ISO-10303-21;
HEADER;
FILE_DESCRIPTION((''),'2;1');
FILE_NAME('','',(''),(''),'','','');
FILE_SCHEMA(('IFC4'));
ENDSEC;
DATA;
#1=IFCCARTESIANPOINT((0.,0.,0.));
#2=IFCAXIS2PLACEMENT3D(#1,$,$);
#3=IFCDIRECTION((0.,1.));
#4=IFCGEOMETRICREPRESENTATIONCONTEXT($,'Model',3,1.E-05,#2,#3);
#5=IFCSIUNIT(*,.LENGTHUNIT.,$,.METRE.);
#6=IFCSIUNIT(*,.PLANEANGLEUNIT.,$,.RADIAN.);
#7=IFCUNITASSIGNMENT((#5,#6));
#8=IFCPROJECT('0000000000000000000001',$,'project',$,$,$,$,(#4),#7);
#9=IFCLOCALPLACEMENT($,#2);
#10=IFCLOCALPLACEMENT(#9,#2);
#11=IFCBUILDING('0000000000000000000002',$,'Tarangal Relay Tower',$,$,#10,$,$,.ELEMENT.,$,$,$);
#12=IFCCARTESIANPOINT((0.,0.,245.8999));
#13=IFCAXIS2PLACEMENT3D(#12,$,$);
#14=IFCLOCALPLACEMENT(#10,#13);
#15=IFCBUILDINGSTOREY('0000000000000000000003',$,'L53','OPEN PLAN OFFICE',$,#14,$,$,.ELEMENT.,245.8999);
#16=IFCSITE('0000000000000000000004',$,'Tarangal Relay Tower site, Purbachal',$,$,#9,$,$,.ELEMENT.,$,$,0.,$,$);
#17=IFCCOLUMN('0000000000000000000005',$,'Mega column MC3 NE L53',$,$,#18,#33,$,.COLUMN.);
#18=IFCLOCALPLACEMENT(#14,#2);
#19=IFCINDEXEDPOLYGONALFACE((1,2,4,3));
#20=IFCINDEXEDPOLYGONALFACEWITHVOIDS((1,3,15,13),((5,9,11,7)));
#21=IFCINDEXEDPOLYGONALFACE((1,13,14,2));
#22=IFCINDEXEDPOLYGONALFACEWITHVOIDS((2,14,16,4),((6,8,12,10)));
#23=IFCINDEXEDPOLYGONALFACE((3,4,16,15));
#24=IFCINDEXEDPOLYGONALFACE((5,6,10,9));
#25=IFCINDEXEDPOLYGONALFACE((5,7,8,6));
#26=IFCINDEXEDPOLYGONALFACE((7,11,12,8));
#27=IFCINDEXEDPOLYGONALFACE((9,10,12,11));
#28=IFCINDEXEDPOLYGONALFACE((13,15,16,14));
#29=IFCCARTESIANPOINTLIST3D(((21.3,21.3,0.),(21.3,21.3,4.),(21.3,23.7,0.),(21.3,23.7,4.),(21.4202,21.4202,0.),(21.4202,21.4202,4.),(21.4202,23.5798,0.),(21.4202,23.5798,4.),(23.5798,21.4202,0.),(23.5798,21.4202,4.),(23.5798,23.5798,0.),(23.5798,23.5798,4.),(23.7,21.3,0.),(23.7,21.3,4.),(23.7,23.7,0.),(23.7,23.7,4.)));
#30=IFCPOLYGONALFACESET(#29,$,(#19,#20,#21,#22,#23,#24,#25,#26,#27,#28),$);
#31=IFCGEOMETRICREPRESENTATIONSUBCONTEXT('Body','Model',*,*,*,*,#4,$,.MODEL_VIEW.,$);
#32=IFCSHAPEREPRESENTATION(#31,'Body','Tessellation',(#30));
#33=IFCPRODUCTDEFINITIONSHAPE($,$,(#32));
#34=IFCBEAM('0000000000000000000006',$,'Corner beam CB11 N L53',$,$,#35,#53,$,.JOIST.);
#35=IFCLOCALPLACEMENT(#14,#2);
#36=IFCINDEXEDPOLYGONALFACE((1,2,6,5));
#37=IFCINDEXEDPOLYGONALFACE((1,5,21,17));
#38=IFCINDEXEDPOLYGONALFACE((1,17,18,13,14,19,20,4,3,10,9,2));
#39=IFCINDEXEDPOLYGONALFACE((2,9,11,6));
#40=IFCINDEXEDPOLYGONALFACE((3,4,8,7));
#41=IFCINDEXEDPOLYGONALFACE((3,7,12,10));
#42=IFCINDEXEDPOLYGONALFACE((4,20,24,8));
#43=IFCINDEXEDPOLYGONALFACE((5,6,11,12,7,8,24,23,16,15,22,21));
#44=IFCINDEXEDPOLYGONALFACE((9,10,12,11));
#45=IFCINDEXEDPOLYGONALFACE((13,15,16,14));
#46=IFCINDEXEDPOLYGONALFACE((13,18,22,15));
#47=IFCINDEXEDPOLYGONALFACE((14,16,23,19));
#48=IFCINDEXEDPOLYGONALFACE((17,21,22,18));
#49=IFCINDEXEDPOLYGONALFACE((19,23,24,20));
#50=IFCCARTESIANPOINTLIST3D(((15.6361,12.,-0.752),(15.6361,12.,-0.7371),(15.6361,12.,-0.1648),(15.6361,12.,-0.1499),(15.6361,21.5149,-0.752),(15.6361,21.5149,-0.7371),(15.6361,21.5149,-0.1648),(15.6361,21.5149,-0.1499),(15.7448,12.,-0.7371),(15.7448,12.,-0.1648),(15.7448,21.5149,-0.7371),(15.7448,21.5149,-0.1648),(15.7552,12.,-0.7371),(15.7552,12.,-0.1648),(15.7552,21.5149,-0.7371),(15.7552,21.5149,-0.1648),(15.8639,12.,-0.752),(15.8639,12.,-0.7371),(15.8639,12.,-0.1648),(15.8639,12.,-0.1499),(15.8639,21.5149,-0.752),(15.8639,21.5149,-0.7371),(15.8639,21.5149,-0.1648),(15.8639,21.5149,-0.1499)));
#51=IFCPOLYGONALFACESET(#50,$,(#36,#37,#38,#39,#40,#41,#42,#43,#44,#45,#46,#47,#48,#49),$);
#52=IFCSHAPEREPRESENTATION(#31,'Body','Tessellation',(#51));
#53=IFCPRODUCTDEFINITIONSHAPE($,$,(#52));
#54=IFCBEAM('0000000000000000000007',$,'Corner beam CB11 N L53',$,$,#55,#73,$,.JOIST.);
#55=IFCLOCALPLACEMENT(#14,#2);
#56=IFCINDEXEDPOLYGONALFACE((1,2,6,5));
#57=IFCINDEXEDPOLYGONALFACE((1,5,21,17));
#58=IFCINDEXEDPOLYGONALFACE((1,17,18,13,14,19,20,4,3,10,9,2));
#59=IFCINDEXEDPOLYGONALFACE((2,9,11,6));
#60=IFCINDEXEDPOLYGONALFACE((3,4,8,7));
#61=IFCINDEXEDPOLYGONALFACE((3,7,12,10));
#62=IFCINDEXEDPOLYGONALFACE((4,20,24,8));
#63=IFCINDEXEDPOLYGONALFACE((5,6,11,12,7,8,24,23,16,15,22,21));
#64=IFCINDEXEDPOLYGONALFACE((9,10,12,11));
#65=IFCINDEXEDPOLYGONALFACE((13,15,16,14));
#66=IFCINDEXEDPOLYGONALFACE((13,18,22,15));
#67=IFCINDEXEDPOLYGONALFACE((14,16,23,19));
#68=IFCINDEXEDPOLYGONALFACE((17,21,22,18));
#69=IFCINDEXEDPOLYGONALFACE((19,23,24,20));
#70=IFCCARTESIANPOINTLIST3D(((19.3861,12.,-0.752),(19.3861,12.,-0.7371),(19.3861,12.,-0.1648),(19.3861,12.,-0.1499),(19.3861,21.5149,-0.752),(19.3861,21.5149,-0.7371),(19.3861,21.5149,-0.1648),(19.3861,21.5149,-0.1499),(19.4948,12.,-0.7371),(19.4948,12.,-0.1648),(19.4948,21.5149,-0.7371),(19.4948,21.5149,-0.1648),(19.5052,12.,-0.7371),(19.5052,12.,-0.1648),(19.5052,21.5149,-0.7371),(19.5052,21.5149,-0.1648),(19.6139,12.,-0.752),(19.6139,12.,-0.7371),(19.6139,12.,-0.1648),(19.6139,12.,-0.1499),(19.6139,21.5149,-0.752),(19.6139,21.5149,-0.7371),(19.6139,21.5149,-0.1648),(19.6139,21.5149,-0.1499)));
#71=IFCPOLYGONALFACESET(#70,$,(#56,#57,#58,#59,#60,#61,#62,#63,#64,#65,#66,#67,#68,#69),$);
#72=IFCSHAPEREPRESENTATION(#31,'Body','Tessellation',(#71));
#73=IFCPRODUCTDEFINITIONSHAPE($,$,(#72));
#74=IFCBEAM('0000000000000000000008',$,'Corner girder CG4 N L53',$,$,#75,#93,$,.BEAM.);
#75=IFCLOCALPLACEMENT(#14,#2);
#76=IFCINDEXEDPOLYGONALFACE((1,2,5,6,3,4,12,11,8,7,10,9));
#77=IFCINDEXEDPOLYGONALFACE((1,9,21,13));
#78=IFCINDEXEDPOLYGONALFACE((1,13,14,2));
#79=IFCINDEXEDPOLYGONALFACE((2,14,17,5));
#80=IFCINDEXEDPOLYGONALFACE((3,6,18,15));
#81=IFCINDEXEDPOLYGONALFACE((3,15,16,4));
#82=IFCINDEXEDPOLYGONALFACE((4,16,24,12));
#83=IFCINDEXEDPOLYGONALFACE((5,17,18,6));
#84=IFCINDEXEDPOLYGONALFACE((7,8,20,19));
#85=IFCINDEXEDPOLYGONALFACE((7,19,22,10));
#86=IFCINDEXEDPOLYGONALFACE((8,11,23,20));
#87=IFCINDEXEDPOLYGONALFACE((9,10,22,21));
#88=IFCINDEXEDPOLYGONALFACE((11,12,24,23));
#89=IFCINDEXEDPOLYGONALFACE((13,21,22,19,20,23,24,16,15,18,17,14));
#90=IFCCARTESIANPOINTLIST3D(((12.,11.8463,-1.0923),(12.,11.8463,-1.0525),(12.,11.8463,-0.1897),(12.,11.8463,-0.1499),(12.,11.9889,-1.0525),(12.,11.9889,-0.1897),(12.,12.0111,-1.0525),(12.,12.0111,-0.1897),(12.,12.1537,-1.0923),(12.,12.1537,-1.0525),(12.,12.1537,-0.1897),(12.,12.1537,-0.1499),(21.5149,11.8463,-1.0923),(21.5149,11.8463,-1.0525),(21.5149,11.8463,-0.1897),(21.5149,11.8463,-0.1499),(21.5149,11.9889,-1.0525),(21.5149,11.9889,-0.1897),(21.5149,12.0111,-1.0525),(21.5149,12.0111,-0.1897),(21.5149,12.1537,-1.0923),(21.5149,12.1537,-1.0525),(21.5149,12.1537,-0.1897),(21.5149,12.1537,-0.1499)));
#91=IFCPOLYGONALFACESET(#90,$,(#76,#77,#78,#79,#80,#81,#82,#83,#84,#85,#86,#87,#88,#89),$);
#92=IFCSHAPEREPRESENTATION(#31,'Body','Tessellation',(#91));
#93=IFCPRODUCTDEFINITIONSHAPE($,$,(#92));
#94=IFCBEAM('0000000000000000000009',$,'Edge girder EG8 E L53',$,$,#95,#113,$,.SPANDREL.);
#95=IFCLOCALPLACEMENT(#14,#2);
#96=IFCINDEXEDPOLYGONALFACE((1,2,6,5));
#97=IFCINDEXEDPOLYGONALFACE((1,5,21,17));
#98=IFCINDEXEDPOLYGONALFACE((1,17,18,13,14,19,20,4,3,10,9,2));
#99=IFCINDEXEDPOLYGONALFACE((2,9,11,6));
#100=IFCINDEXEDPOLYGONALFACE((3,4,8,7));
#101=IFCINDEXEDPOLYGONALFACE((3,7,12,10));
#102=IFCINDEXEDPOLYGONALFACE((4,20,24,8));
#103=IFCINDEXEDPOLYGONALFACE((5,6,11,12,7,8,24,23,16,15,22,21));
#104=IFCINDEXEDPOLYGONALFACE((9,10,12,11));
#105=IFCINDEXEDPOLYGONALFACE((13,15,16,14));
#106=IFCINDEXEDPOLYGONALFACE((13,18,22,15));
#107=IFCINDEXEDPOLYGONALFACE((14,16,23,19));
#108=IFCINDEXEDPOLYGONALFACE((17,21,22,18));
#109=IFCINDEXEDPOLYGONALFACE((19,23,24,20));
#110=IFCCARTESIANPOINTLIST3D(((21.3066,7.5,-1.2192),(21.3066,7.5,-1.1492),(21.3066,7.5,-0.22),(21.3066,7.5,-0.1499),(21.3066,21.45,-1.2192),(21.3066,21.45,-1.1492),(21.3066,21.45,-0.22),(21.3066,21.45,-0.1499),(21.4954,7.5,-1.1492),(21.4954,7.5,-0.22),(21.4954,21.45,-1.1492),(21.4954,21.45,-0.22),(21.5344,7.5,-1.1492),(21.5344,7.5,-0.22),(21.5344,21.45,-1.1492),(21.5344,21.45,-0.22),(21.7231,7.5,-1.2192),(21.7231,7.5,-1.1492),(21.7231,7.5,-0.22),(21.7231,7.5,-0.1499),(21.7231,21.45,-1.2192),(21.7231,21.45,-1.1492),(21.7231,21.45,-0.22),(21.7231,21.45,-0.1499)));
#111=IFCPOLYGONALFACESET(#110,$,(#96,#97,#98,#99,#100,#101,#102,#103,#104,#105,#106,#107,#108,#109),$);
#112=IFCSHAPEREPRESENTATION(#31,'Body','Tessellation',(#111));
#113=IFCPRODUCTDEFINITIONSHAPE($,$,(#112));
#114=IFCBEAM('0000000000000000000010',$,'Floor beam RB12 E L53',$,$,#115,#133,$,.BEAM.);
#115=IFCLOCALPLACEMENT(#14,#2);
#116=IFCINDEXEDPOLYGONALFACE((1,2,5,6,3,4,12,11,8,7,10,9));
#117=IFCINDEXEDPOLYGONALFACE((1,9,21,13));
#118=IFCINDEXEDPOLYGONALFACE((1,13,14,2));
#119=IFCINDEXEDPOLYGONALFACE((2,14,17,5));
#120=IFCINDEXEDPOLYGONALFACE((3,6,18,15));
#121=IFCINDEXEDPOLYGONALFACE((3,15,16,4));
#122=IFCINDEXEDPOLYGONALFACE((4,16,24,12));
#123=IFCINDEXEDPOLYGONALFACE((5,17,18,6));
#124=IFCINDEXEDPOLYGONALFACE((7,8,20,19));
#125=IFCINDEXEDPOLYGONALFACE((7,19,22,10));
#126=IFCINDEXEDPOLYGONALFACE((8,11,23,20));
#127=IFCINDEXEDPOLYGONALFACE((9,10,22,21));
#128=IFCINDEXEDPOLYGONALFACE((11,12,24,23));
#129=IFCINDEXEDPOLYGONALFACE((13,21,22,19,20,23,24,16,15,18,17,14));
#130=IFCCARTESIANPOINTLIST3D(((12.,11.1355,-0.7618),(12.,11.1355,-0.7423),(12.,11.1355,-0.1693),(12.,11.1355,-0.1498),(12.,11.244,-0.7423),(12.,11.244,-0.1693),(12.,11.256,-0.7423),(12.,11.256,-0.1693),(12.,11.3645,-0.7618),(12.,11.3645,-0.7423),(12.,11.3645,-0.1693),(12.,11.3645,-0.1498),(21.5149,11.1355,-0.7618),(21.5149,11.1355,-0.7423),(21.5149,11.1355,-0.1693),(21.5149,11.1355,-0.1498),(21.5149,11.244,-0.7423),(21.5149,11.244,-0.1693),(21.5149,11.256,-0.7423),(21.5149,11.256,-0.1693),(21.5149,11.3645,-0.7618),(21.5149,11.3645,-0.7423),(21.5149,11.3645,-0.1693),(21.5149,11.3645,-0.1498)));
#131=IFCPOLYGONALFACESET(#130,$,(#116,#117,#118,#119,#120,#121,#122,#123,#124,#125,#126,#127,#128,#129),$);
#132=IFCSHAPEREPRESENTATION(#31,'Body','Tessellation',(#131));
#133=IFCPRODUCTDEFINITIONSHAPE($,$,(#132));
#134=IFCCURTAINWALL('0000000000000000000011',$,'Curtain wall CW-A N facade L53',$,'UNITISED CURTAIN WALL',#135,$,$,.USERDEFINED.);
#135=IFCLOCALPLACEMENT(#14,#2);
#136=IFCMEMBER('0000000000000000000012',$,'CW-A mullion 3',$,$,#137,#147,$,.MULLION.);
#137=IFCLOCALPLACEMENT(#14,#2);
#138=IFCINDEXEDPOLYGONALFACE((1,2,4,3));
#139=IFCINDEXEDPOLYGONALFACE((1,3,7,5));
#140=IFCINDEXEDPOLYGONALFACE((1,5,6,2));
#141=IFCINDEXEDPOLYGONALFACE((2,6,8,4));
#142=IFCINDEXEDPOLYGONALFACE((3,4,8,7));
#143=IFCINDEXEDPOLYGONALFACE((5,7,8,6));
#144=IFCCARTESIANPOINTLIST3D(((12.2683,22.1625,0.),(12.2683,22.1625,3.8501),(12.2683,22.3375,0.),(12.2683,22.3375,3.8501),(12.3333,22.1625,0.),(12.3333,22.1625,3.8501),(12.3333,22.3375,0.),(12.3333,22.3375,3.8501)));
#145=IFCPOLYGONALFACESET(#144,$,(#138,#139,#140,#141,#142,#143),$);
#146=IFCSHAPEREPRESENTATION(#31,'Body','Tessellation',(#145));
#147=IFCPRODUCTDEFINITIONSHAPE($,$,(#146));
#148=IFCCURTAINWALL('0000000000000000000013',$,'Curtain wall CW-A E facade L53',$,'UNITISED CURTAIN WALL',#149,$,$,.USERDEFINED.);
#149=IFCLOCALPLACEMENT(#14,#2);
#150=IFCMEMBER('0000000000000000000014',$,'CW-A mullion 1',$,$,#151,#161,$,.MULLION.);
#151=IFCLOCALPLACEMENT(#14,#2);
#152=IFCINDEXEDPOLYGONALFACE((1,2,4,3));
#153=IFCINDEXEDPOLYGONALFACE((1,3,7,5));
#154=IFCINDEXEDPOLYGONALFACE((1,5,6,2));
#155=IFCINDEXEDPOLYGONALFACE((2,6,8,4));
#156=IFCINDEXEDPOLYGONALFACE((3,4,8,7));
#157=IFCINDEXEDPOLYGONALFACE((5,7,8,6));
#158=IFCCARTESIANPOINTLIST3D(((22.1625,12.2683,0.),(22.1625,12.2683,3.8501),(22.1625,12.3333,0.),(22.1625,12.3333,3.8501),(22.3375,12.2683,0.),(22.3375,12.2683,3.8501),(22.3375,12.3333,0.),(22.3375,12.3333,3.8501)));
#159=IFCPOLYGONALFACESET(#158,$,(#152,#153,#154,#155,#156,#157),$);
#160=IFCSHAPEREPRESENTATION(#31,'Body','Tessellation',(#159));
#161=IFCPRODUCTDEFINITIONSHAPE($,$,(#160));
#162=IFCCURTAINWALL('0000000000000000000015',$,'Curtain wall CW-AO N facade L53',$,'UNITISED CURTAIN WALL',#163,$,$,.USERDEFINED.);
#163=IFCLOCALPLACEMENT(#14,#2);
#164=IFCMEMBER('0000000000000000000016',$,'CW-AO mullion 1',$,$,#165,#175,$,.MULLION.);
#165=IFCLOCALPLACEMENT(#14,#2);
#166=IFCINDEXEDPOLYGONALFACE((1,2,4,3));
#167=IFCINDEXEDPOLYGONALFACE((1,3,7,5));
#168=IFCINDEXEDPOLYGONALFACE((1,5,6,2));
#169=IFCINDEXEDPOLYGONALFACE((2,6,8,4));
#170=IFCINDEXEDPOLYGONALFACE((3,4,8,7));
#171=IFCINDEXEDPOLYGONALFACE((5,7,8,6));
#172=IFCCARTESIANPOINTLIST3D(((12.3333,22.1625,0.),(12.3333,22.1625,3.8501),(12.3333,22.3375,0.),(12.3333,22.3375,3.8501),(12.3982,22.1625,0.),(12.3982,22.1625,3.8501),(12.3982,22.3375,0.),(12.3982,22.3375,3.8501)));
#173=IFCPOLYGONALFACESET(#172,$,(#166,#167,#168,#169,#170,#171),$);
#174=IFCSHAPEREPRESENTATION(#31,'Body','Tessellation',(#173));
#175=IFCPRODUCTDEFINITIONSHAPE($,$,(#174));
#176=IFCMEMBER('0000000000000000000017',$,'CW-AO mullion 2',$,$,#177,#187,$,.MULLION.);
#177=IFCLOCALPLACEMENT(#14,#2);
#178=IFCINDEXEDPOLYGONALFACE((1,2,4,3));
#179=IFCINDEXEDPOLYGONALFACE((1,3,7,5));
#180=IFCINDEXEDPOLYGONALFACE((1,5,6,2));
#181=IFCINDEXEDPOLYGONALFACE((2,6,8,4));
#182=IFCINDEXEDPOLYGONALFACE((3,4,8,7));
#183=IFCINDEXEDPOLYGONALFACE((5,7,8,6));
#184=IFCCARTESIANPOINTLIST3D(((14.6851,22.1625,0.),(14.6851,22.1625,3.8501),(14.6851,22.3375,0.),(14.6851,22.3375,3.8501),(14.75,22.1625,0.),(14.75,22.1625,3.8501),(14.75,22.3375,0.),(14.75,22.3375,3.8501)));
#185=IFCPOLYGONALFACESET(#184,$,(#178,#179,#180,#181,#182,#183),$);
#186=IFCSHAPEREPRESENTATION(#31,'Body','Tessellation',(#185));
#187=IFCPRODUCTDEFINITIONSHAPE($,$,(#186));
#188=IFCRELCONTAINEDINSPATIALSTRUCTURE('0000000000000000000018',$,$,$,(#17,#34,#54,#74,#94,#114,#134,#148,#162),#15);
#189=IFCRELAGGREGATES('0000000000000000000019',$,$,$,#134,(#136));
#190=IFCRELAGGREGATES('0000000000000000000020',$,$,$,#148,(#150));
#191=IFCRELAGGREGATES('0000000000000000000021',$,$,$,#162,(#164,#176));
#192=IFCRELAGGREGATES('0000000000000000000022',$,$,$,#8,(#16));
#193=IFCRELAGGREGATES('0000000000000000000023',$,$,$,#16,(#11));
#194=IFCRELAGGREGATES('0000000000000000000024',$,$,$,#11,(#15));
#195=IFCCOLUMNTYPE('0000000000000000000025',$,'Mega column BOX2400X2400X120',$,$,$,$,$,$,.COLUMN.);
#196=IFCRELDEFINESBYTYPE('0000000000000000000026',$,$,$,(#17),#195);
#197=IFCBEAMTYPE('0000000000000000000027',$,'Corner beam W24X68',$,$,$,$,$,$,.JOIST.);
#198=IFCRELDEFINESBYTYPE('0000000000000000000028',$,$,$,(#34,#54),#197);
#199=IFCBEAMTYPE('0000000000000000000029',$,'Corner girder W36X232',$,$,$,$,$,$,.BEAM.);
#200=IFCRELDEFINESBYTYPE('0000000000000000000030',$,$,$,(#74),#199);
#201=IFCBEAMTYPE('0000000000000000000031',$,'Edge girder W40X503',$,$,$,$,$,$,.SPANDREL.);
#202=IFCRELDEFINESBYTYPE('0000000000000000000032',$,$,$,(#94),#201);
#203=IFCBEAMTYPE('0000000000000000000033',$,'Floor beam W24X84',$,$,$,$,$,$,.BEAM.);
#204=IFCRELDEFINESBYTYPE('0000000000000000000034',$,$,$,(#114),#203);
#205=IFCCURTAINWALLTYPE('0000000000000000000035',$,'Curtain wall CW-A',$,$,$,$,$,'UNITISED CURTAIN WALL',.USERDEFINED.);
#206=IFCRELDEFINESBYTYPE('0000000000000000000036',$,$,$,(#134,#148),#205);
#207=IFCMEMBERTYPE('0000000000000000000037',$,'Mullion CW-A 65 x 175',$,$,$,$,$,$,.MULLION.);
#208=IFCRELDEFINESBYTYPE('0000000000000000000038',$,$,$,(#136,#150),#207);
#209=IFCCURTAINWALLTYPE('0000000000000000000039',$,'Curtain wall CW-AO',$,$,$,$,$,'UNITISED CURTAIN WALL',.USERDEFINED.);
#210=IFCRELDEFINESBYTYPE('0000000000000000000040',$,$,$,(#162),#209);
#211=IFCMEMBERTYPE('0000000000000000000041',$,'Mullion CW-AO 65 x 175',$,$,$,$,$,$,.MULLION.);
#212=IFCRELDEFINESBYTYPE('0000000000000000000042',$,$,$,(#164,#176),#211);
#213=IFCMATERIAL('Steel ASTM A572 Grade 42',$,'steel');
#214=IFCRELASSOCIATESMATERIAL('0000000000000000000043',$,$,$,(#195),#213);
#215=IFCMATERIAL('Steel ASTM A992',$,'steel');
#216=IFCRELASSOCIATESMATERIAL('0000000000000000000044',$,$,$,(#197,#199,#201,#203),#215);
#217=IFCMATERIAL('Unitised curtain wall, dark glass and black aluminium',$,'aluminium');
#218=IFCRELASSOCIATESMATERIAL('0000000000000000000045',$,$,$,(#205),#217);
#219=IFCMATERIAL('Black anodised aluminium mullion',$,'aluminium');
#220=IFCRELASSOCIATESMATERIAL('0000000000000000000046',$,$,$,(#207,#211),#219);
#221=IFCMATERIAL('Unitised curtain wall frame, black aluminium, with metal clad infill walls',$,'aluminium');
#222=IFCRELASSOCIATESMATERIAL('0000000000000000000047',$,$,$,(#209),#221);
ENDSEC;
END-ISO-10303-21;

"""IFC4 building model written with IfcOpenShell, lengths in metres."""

from ifc_helpers import new_model, si_unit, direction, frame, origin, origin_2d, place, context, subcontext, project, spatial, rectangle, hollow_rectangle, i_section, extrude, material, material_profile, profile_set, type_object, element, aggregate, save


model = new_model("IFC4")

# Units and contexts
model_context = context("Model", 3, precision=1e-05, world=origin(), true_north=direction((0.0, 1.0)))
body_context = subcontext(model_context, "Body", "Model", "MODEL_VIEW")
ifc_project = project(units=[si_unit("LENGTHUNIT", "METRE"), si_unit("PLANEANGLEUNIT", "RADIAN")], contexts=[model_context])

# Site, building, storey
site_placement = place(None, origin())
site = spatial("IfcSite", under=ifc_project, at=site_placement, Name="Tarangal Relay Tower site, Purbachal", CompositionType="ELEMENT", RefElevation=0.0)
building_placement = place(site_placement, origin())
building = spatial("IfcBuilding", under=site, at=building_placement, Name="Tarangal Relay Tower", CompositionType="ELEMENT")
storey_placement = place(building_placement, frame((0.0, 0.0, 245.8999)))
storey = spatial("IfcBuildingStorey", under=building, at=storey_placement, Name="L53", Description="OPEN PLAN OFFICE", CompositionType="ELEMENT", Elevation=245.8999)

# Column
ifc_material_1 = material(Name="Steel ASTM A572 Grade 42", Category="steel")
ifc_material_profile_1 = material_profile(ifc_material_1, hollow_rectangle(XDim=2.3999, YDim=2.3999, WallThickness=0.1201, at=origin_2d()), Name="BOX2400X2400X120")
ifc_profile_set_1 = profile_set([ifc_material_profile_1], Name="Steel ASTM A572 Grade 42")
column_type = type_object("IfcColumnType", Name="Mega column BOX2400X2400X120", PredefinedType="COLUMN", material=ifc_profile_set_1)
column_placement = place(storey_placement, frame((22.5, 22.5, 0.0), z_axis=(0.0, 0.0, 1.0), x_axis=(1.0, 0.0, 0.0)))
element("IfcColumn", 1, at=column_placement, inside=storey, type_object=column_type, Name="Mega column MC3 NE L53", PredefinedType="COLUMN", context=body_context, shape_type="SweptSolid", body=[
    extrude(hollow_rectangle(XDim=2.3999, YDim=2.3999, WallThickness=0.1201, at=origin_2d()), origin(), (0.0, 0.0, 1.0), 4.0),
])

# Beams
ifc_material_2 = material(Name="Steel ASTM A992", Category="steel")
ifc_material_profile_2 = material_profile(ifc_material_2, i_section(OverallWidth=0.2278, OverallDepth=0.6021, WebThickness=0.0105, FlangeThickness=0.0149, at=origin_2d()), Name="W24X68")
ifc_profile_set_2 = profile_set([ifc_material_profile_2], Name="Steel ASTM A992")
beam_type_1 = type_object("IfcBeamType", Name="Corner beam W24X68", PredefinedType="JOIST", material=ifc_profile_set_2)
for number, where, z_axis, x_axis, name in (
    (2, (15.75, 12.0, -0.4509), (0.0, 1.0, 0.0), (-1.0, 0.0, 0.0), "Corner beam CB11 N L53"),
    (3, (19.5, 12.0, -0.4509), (0.0, 1.0, 0.0), (-1.0, 0.0, 0.0), "Corner beam CB11 N L53"),
):
    element("IfcBeam", number, at=place(storey_placement, frame(where, z_axis=z_axis, x_axis=x_axis)), inside=storey, type_object=beam_type_1, Name=name, PredefinedType="JOIST", context=body_context, shape_type="SweptSolid", body=[
        extrude(i_section(OverallWidth=0.2278, OverallDepth=0.6021, WebThickness=0.0105, FlangeThickness=0.0149, at=origin_2d()), origin(), (0.0, 0.0, 1.0), 9.5149),
    ])
ifc_material_profile_3 = material_profile(ifc_material_2, i_section(OverallWidth=0.3074, OverallDepth=0.9424, WebThickness=0.0222, FlangeThickness=0.0398, at=origin_2d()), Name="W36X232")
ifc_profile_set_3 = profile_set([ifc_material_profile_3], Name="Steel ASTM A992")
beam_type_2 = type_object("IfcBeamType", Name="Corner girder W36X232", PredefinedType="BEAM", material=ifc_profile_set_3)
beam_1_placement = place(storey_placement, frame((12.0, 12.0, -0.6211), z_axis=(1.0, 0.0, 0.0), x_axis=(0.0, 1.0, 0.0)))
element("IfcBeam", 4, at=beam_1_placement, inside=storey, type_object=beam_type_2, Name="Corner girder CG4 N L53", PredefinedType="BEAM", context=body_context, shape_type="SweptSolid", body=[
    extrude(i_section(OverallWidth=0.3074, OverallDepth=0.9424, WebThickness=0.0222, FlangeThickness=0.0398, at=origin_2d()), origin(), (0.0, 0.0, 1.0), 9.5149),
])
ifc_material_profile_4 = material_profile(ifc_material_2, i_section(OverallWidth=0.4165, OverallDepth=1.0693, WebThickness=0.0391, FlangeThickness=0.0701, at=origin_2d()), Name="W40X503")
ifc_profile_set_4 = profile_set([ifc_material_profile_4], Name="Steel ASTM A992")
beam_type_3 = type_object("IfcBeamType", Name="Edge girder W40X503", PredefinedType="SPANDREL", material=ifc_profile_set_4)
beam_2_placement = place(storey_placement, frame((21.5149, 21.45, -0.6846), z_axis=(0.0, -1.0, 0.0), x_axis=(1.0, 0.0, 0.0)))
element("IfcBeam", 5, at=beam_2_placement, inside=storey, type_object=beam_type_3, Name="Edge girder EG8 E L53", PredefinedType="SPANDREL", context=body_context, shape_type="SweptSolid", body=[
    extrude(i_section(OverallWidth=0.4165, OverallDepth=1.0693, WebThickness=0.0391, FlangeThickness=0.0701, at=origin_2d()), origin(), (0.0, 0.0, 1.0), 13.95),
])
ifc_material_profile_5 = material_profile(ifc_material_2, i_section(OverallWidth=0.229, OverallDepth=0.6121, WebThickness=0.012, FlangeThickness=0.0195, at=origin_2d()), Name="W24X84")
ifc_profile_set_5 = profile_set([ifc_material_profile_5], Name="Steel ASTM A992")
beam_type_4 = type_object("IfcBeamType", Name="Floor beam W24X84", PredefinedType="BEAM", material=ifc_profile_set_5)
beam_3_placement = place(storey_placement, frame((12.0, 11.25, -0.4558), z_axis=(1.0, 0.0, 0.0), x_axis=(0.0, 1.0, 0.0)))
element("IfcBeam", 6, at=beam_3_placement, inside=storey, type_object=beam_type_4, Name="Floor beam RB12 E L53", PredefinedType="BEAM", context=body_context, shape_type="SweptSolid", body=[
    extrude(i_section(OverallWidth=0.229, OverallDepth=0.6121, WebThickness=0.012, FlangeThickness=0.0195, at=origin_2d()), origin(), (0.0, 0.0, 1.0), 9.5149),
])

# Curtain walls, members
ifc_material_3 = material(Name="Unitised curtain wall, dark glass and black aluminium", Category="aluminium")
curtain_wall_type_1 = type_object("IfcCurtainWallType", Name="Curtain wall CW-A", ElementType="UNITISED CURTAIN WALL", PredefinedType="USERDEFINED", material=ifc_material_3)
curtain_wall_1_placement = place(storey_placement, origin())
curtain_wall_1 = element("IfcCurtainWall", 7, at=curtain_wall_1_placement, inside=storey, type_object=curtain_wall_type_1, Name="Curtain wall CW-A N facade L53", ObjectType="UNITISED CURTAIN WALL", PredefinedType="USERDEFINED")
ifc_material_4 = material(Name="Black anodised aluminium mullion", Category="aluminium")
ifc_material_profile_6 = material_profile(ifc_material_4, rectangle(XDim=0.175, YDim=0.0649, at=origin_2d()), Name="CW-AM 65X175")
ifc_profile_set_6 = profile_set([ifc_material_profile_6], Name="Black anodised aluminium mullion")
member_type_1 = type_object("IfcMemberType", Name="Mullion CW-A 65 x 175", PredefinedType="MULLION", material=ifc_profile_set_6)
member_1_placement = place(storey_placement, frame((12.3008, 22.25, 0.0), z_axis=(0.0, 0.0, 1.0), x_axis=(0.0, 1.0, 0.0)))
member_1 = element("IfcMember", 8, at=member_1_placement, type_object=member_type_1, Name="CW-A mullion 3", PredefinedType="MULLION", context=body_context, shape_type="SweptSolid", body=[
    extrude(rectangle(XDim=0.175, YDim=0.0649, at=origin_2d()), origin(), (0.0, 0.0, 1.0), 3.8501),
])
aggregate(curtain_wall_1, [member_1])
curtain_wall_2_placement = place(storey_placement, origin())
curtain_wall_2 = element("IfcCurtainWall", 9, at=curtain_wall_2_placement, inside=storey, type_object=curtain_wall_type_1, Name="Curtain wall CW-A E facade L53", ObjectType="UNITISED CURTAIN WALL", PredefinedType="USERDEFINED")
member_2_placement = place(storey_placement, frame((22.25, 12.3008, 0.0), z_axis=(0.0, 0.0, 1.0), x_axis=(1.0, 0.0, 0.0)))
member_2 = element("IfcMember", 10, at=member_2_placement, type_object=member_type_1, Name="CW-A mullion 1", PredefinedType="MULLION", context=body_context, shape_type="SweptSolid", body=[
    extrude(rectangle(XDim=0.175, YDim=0.0649, at=origin_2d()), origin(), (0.0, 0.0, 1.0), 3.8501),
])

# Curtain wall, members
ifc_material_5 = material(Name="Unitised curtain wall frame, black aluminium, with metal clad infill walls", Category="aluminium")
curtain_wall_type_2 = type_object("IfcCurtainWallType", Name="Curtain wall CW-AO", ElementType="UNITISED CURTAIN WALL", PredefinedType="USERDEFINED", material=ifc_material_5)
curtain_wall_3_placement = place(storey_placement, origin())
curtain_wall_3 = element("IfcCurtainWall", 11, at=curtain_wall_3_placement, inside=storey, type_object=curtain_wall_type_2, Name="Curtain wall CW-AO N facade L53", ObjectType="UNITISED CURTAIN WALL", PredefinedType="USERDEFINED")
ifc_material_profile_7 = material_profile(ifc_material_4, rectangle(XDim=0.175, YDim=0.0649, at=origin_2d()), Name="CW-AOM 65X175")
ifc_profile_set_7 = profile_set([ifc_material_profile_7], Name="Black anodised aluminium mullion")
member_type_2 = type_object("IfcMemberType", Name="Mullion CW-AO 65 x 175", PredefinedType="MULLION", material=ifc_profile_set_7)
member_3_placement = place(storey_placement, frame((12.3657, 22.25, 0.0), z_axis=(0.0, 0.0, 1.0), x_axis=(0.0, 1.0, 0.0)))
member_3 = element("IfcMember", 12, at=member_3_placement, type_object=member_type_2, Name="CW-AO mullion 1", PredefinedType="MULLION", context=body_context, shape_type="SweptSolid", body=[
    extrude(rectangle(XDim=0.175, YDim=0.0649, at=origin_2d()), origin(), (0.0, 0.0, 1.0), 3.8501),
])
member_4_placement = place(storey_placement, frame((14.7175, 22.25, 0.0), z_axis=(0.0, 0.0, 1.0), x_axis=(0.0, 1.0, 0.0)))
member_4 = element("IfcMember", 13, at=member_4_placement, type_object=member_type_2, Name="CW-AO mullion 2", PredefinedType="MULLION", context=body_context, shape_type="SweptSolid", body=[
    extrude(rectangle(XDim=0.175, YDim=0.0649, at=origin_2d()), origin(), (0.0, 0.0, 1.0), 3.8501),
])

aggregate(curtain_wall_2, [member_2])
aggregate(curtain_wall_3, [member_3, member_4])

save(model, "model.ifc")
